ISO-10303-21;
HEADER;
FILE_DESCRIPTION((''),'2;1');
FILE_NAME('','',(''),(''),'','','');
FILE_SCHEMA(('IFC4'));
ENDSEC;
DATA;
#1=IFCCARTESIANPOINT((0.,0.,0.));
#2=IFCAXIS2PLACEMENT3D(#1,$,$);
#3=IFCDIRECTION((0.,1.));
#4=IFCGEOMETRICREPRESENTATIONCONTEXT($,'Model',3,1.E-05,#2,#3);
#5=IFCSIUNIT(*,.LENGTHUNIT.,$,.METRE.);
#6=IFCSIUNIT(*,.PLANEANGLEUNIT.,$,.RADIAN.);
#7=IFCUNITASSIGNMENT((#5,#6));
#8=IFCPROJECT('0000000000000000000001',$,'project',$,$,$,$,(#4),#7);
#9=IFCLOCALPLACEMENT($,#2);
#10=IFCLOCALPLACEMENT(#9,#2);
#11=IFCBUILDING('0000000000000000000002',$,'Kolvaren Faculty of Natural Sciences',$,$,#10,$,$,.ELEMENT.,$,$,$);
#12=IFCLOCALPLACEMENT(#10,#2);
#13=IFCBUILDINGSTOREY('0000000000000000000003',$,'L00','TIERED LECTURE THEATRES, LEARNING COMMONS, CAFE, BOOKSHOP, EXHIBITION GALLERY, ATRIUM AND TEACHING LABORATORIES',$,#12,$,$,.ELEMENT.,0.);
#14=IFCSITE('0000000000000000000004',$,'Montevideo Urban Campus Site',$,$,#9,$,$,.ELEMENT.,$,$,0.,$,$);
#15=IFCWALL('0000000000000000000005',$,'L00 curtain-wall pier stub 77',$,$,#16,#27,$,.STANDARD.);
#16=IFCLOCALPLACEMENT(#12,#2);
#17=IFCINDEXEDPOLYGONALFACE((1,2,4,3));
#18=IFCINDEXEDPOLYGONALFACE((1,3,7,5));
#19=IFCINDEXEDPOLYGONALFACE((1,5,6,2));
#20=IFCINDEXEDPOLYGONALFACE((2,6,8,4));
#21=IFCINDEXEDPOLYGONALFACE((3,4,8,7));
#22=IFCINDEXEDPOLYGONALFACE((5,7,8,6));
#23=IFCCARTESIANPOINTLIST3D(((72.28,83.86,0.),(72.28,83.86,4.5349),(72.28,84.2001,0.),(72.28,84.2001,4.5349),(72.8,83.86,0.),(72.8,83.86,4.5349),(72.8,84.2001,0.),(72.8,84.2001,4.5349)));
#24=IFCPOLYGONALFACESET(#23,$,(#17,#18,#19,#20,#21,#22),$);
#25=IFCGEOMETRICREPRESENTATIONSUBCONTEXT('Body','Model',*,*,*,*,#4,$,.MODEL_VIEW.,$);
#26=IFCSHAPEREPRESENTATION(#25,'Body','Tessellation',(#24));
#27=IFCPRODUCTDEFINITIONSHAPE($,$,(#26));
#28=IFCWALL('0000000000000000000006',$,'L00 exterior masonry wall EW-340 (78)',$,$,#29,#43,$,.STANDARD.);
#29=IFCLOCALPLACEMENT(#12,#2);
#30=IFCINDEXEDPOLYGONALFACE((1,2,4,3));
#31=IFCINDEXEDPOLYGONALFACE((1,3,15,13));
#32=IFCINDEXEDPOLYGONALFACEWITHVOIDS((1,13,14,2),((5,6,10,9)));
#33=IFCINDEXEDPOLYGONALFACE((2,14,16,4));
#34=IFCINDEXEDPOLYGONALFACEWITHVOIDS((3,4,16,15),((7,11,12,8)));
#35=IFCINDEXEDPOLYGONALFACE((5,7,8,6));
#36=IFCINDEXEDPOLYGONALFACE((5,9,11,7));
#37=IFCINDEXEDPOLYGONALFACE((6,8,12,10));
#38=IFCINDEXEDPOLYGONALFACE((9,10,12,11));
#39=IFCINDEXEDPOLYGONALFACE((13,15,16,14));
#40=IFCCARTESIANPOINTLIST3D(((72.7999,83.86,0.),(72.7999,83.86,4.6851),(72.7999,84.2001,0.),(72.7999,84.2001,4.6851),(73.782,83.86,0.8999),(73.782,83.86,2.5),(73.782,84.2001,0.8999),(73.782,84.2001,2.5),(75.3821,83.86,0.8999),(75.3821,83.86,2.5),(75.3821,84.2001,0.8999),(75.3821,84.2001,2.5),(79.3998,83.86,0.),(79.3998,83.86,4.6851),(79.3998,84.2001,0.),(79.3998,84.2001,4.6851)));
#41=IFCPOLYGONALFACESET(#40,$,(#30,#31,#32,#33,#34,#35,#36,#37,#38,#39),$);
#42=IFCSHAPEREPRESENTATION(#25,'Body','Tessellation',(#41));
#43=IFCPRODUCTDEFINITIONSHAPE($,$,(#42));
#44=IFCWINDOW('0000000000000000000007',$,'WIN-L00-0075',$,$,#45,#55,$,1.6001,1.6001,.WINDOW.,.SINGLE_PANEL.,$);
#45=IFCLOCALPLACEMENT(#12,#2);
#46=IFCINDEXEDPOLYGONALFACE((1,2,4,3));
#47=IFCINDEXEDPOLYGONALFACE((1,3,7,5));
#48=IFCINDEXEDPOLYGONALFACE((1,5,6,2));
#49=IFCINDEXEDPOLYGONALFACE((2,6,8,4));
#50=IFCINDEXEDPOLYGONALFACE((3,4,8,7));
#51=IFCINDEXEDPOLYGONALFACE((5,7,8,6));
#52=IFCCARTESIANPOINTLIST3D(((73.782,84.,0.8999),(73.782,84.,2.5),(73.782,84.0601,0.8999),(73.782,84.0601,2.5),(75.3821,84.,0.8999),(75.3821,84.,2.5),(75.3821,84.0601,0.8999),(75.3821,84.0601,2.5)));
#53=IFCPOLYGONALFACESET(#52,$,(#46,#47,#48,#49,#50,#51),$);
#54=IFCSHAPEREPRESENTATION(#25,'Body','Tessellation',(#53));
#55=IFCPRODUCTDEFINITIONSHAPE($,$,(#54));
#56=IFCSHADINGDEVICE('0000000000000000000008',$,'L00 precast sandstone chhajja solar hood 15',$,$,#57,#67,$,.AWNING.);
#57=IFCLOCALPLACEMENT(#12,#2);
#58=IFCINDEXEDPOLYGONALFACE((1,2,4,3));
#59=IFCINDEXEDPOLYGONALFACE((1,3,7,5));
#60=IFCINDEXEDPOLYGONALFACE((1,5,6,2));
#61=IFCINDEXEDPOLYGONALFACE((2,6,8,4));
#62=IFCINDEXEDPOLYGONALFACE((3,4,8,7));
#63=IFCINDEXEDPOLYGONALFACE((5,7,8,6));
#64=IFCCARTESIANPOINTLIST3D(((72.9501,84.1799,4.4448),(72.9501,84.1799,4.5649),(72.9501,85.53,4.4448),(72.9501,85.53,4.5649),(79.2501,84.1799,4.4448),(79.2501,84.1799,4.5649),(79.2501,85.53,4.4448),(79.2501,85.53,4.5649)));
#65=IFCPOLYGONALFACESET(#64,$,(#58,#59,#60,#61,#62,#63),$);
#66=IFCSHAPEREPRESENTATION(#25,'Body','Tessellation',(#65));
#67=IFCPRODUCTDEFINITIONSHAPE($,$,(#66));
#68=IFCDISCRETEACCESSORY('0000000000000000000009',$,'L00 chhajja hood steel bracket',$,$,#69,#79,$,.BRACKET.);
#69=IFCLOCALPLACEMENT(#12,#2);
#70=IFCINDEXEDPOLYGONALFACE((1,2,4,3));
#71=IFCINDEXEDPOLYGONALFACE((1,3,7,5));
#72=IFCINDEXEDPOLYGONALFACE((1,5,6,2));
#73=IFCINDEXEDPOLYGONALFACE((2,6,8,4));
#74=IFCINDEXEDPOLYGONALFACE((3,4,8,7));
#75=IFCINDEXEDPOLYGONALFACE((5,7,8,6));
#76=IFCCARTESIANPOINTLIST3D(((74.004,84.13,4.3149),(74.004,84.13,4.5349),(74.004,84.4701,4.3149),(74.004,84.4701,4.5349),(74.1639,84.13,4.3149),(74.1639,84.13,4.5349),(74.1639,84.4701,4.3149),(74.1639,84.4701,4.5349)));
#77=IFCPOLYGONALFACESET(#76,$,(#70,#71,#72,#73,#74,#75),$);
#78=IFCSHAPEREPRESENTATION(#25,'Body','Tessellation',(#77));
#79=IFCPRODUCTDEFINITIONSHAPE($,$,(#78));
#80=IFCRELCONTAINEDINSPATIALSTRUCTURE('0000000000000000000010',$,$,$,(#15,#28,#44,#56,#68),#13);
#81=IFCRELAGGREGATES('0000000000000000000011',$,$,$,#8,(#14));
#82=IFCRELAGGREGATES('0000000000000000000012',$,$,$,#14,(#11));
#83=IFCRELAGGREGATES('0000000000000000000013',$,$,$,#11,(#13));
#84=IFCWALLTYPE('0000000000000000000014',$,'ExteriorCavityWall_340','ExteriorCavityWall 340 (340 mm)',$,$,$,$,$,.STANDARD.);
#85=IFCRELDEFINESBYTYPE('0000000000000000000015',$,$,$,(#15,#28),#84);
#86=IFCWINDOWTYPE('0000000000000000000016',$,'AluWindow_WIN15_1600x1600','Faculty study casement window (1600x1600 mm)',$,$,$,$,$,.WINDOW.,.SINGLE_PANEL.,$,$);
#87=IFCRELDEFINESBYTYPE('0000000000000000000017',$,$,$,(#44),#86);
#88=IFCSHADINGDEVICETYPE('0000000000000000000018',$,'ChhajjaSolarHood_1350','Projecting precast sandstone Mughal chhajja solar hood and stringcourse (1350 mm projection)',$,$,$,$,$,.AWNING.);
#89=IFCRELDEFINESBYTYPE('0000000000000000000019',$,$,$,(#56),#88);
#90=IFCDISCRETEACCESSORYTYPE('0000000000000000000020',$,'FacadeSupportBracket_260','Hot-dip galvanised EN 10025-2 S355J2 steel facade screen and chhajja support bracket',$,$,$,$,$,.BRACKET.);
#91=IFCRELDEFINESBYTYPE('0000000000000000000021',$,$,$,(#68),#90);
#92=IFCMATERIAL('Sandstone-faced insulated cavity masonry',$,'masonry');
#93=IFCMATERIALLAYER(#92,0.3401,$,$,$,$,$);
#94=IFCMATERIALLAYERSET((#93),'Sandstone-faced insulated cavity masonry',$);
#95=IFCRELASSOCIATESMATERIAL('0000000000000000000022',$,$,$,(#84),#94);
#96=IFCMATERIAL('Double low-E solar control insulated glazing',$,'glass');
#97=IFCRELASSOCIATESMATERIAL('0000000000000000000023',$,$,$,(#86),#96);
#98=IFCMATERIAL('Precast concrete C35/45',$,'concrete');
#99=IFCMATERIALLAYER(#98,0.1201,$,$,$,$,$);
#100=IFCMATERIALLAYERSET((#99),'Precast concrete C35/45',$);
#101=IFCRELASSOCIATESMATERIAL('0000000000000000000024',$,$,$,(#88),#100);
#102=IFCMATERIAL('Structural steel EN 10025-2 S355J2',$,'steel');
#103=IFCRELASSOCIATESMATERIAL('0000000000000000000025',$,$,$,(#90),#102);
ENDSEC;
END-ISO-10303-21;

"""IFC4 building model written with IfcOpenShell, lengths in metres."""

from ifc_helpers import new_model, si_unit, direction, frame, frame_2d, origin, origin_2d, place, context, subcontext, project, spatial, rectangle, extrude, material, layer, layer_set, type_object, element, fill, save


model = new_model("IFC4")

# Units and contexts
model_context = context("Model", 3, precision=1e-05, world=origin(), true_north=direction((0.0, 1.0)))
body_context = subcontext(model_context, "Body", "Model", "MODEL_VIEW")
ifc_project = project(units=[si_unit("LENGTHUNIT", "METRE"), si_unit("PLANEANGLEUNIT", "RADIAN")], contexts=[model_context])

# Site, building, storey
site_placement = place(None, origin())
site = spatial("IfcSite", under=ifc_project, at=site_placement, Name="Montevideo Urban Campus Site", CompositionType="ELEMENT", RefElevation=0.0)
building_placement = place(site_placement, origin())
building = spatial("IfcBuilding", under=site, at=building_placement, Name="Kolvaren Faculty of Natural Sciences", CompositionType="ELEMENT")
storey_placement = place(building_placement, origin())
storey = spatial("IfcBuildingStorey", under=building, at=storey_placement, Name="L00", Description="TIERED LECTURE THEATRES, LEARNING COMMONS, CAFE, BOOKSHOP, EXHIBITION GALLERY, ATRIUM AND TEACHING LABORATORIES", CompositionType="ELEMENT", Elevation=0.0)

# Shared definitions
ifc_material_1 = material(Name="Double low-E solar control insulated glazing", Category="glass")

# Wall
ifc_material_2 = material(Name="Sandstone-faced insulated cavity masonry", Category="masonry")
ifc_layer_1 = layer(ifc_material_2, 0.3401)
ifc_layer_set_1 = layer_set([ifc_layer_1], Name="Sandstone-faced insulated cavity masonry")
wall_type = type_object("IfcWallType", Name="ExteriorCavityWall_340", Description="ExteriorCavityWall 340 (340 mm)", PredefinedType="STANDARD", material=ifc_layer_set_1)
wall_1_placement = place(storey_placement, frame((72.28, 84.03, 0.0), z_axis=(0.0, 0.0, 1.0), x_axis=(1.0, 0.0, 0.0)))
element("IfcWall", 1, at=wall_1_placement, inside=storey, type_object=wall_type, Name="L00 curtain-wall pier stub 77", PredefinedType="STANDARD", context=body_context, shape_type="SweptSolid", body=[
    extrude(rectangle(XDim=0.52, YDim=0.3401, at=frame_2d((0.26, 0.0))), origin(), (0.0, 0.0, 1.0), 4.5349),
])

# Wall, opening, window
wall_2_placement = place(storey_placement, frame((72.8, 84.03, 0.0), z_axis=(0.0, 0.0, 1.0), x_axis=(1.0, 0.0, 0.0)))
wall_2 = element("IfcWall", 2, at=wall_2_placement, inside=storey, type_object=wall_type, Name="L00 exterior masonry wall EW-340 (78)", PredefinedType="STANDARD", context=body_context, shape_type="SweptSolid", body=[
    extrude(rectangle(XDim=6.5999, YDim=0.3401, at=frame_2d((3.2998, 0.0))), origin(), (0.0, 0.0, 1.0), 4.6851),
])
opening_placement = place(wall_2_placement, frame((0.9819, 0.0, 0.8999)))
opening = element("IfcOpeningElement", 3, at=opening_placement, cuts=wall_2, PredefinedType="OPENING", context=body_context, shape_type="SweptSolid", body=[
    extrude(rectangle(XDim=1.6001, YDim=1.6001, at=frame_2d((0.8, 0.8))), frame((0.0, 0.1799, 0.0), z_axis=(0.0, -1.0, 0.0), x_axis=(1.0, 0.0, 0.0)), (0.0, 0.0, 1.0), 0.3601),
])
window_type = type_object("IfcWindowType", Name="AluWindow_WIN15_1600x1600", Description="Faculty study casement window (1600x1600 mm)", PartitioningType="SINGLE_PANEL", PredefinedType="WINDOW", material=ifc_material_1)
window_placement = place(opening_placement, origin())
window = element("IfcWindow", 4, at=window_placement, inside=storey, type_object=window_type, Name="WIN-L00-0075", OverallHeight=1.6001, OverallWidth=1.6001, PartitioningType="SINGLE_PANEL", PredefinedType="WINDOW", context=body_context, shape_type="SweptSolid", body=[
    extrude(rectangle(XDim=1.6001, YDim=1.6001, at=frame_2d((0.8, 0.8))), frame((0.0, 0.03, 0.0), z_axis=(0.0, -1.0, 0.0), x_axis=(1.0, 0.0, 0.0)), (0.0, 0.0, 1.0), 0.0601),
])
fill(opening, window)

# Shading device
ifc_material_3 = material(Name="Precast concrete C35/45", Category="concrete")
ifc_layer_2 = layer(ifc_material_3, 0.1201)
ifc_layer_set_2 = layer_set([ifc_layer_2], Name="Precast concrete C35/45")
shading_device_type = type_object("IfcShadingDeviceType", Name="ChhajjaSolarHood_1350", Description="Projecting precast sandstone Mughal chhajja solar hood and stringcourse (1350 mm projection)", PredefinedType="AWNING", material=ifc_layer_set_2)
shading_device_placement = place(storey_placement, frame((76.1001, 84.855, 4.4448), z_axis=(0.0, 0.0, 1.0), x_axis=(1.0, 0.0, 0.0)))
element("IfcShadingDevice", 5, at=shading_device_placement, inside=storey, type_object=shading_device_type, Name="L00 precast sandstone chhajja solar hood 15", PredefinedType="AWNING", context=body_context, shape_type="SweptSolid", body=[
    extrude(rectangle(XDim=6.3, YDim=1.3501, at=origin_2d()), origin(), (0.0, 0.0, 1.0), 0.1201),
])

# Discrete accessory
ifc_material_4 = material(Name="Structural steel EN 10025-2 S355J2", Category="steel")
discrete_accessory_type = type_object("IfcDiscreteAccessoryType", Name="FacadeSupportBracket_260", Description="Hot-dip galvanised EN 10025-2 S355J2 steel facade screen and chhajja support bracket", PredefinedType="BRACKET", material=ifc_material_4)
discrete_accessory_placement = place(storey_placement, frame((74.084, 84.3, 4.3149), z_axis=(0.0, 0.0, 1.0), x_axis=(1.0, 0.0, 0.0)))
element("IfcDiscreteAccessory", 6, at=discrete_accessory_placement, inside=storey, type_object=discrete_accessory_type, Name="L00 chhajja hood steel bracket", PredefinedType="BRACKET", context=body_context, shape_type="SweptSolid", body=[
    extrude(rectangle(XDim=0.1599, YDim=0.3401, at=origin_2d()), origin(), (0.0, 0.0, 1.0), 0.22),
])

save(model, "model.ifc")
